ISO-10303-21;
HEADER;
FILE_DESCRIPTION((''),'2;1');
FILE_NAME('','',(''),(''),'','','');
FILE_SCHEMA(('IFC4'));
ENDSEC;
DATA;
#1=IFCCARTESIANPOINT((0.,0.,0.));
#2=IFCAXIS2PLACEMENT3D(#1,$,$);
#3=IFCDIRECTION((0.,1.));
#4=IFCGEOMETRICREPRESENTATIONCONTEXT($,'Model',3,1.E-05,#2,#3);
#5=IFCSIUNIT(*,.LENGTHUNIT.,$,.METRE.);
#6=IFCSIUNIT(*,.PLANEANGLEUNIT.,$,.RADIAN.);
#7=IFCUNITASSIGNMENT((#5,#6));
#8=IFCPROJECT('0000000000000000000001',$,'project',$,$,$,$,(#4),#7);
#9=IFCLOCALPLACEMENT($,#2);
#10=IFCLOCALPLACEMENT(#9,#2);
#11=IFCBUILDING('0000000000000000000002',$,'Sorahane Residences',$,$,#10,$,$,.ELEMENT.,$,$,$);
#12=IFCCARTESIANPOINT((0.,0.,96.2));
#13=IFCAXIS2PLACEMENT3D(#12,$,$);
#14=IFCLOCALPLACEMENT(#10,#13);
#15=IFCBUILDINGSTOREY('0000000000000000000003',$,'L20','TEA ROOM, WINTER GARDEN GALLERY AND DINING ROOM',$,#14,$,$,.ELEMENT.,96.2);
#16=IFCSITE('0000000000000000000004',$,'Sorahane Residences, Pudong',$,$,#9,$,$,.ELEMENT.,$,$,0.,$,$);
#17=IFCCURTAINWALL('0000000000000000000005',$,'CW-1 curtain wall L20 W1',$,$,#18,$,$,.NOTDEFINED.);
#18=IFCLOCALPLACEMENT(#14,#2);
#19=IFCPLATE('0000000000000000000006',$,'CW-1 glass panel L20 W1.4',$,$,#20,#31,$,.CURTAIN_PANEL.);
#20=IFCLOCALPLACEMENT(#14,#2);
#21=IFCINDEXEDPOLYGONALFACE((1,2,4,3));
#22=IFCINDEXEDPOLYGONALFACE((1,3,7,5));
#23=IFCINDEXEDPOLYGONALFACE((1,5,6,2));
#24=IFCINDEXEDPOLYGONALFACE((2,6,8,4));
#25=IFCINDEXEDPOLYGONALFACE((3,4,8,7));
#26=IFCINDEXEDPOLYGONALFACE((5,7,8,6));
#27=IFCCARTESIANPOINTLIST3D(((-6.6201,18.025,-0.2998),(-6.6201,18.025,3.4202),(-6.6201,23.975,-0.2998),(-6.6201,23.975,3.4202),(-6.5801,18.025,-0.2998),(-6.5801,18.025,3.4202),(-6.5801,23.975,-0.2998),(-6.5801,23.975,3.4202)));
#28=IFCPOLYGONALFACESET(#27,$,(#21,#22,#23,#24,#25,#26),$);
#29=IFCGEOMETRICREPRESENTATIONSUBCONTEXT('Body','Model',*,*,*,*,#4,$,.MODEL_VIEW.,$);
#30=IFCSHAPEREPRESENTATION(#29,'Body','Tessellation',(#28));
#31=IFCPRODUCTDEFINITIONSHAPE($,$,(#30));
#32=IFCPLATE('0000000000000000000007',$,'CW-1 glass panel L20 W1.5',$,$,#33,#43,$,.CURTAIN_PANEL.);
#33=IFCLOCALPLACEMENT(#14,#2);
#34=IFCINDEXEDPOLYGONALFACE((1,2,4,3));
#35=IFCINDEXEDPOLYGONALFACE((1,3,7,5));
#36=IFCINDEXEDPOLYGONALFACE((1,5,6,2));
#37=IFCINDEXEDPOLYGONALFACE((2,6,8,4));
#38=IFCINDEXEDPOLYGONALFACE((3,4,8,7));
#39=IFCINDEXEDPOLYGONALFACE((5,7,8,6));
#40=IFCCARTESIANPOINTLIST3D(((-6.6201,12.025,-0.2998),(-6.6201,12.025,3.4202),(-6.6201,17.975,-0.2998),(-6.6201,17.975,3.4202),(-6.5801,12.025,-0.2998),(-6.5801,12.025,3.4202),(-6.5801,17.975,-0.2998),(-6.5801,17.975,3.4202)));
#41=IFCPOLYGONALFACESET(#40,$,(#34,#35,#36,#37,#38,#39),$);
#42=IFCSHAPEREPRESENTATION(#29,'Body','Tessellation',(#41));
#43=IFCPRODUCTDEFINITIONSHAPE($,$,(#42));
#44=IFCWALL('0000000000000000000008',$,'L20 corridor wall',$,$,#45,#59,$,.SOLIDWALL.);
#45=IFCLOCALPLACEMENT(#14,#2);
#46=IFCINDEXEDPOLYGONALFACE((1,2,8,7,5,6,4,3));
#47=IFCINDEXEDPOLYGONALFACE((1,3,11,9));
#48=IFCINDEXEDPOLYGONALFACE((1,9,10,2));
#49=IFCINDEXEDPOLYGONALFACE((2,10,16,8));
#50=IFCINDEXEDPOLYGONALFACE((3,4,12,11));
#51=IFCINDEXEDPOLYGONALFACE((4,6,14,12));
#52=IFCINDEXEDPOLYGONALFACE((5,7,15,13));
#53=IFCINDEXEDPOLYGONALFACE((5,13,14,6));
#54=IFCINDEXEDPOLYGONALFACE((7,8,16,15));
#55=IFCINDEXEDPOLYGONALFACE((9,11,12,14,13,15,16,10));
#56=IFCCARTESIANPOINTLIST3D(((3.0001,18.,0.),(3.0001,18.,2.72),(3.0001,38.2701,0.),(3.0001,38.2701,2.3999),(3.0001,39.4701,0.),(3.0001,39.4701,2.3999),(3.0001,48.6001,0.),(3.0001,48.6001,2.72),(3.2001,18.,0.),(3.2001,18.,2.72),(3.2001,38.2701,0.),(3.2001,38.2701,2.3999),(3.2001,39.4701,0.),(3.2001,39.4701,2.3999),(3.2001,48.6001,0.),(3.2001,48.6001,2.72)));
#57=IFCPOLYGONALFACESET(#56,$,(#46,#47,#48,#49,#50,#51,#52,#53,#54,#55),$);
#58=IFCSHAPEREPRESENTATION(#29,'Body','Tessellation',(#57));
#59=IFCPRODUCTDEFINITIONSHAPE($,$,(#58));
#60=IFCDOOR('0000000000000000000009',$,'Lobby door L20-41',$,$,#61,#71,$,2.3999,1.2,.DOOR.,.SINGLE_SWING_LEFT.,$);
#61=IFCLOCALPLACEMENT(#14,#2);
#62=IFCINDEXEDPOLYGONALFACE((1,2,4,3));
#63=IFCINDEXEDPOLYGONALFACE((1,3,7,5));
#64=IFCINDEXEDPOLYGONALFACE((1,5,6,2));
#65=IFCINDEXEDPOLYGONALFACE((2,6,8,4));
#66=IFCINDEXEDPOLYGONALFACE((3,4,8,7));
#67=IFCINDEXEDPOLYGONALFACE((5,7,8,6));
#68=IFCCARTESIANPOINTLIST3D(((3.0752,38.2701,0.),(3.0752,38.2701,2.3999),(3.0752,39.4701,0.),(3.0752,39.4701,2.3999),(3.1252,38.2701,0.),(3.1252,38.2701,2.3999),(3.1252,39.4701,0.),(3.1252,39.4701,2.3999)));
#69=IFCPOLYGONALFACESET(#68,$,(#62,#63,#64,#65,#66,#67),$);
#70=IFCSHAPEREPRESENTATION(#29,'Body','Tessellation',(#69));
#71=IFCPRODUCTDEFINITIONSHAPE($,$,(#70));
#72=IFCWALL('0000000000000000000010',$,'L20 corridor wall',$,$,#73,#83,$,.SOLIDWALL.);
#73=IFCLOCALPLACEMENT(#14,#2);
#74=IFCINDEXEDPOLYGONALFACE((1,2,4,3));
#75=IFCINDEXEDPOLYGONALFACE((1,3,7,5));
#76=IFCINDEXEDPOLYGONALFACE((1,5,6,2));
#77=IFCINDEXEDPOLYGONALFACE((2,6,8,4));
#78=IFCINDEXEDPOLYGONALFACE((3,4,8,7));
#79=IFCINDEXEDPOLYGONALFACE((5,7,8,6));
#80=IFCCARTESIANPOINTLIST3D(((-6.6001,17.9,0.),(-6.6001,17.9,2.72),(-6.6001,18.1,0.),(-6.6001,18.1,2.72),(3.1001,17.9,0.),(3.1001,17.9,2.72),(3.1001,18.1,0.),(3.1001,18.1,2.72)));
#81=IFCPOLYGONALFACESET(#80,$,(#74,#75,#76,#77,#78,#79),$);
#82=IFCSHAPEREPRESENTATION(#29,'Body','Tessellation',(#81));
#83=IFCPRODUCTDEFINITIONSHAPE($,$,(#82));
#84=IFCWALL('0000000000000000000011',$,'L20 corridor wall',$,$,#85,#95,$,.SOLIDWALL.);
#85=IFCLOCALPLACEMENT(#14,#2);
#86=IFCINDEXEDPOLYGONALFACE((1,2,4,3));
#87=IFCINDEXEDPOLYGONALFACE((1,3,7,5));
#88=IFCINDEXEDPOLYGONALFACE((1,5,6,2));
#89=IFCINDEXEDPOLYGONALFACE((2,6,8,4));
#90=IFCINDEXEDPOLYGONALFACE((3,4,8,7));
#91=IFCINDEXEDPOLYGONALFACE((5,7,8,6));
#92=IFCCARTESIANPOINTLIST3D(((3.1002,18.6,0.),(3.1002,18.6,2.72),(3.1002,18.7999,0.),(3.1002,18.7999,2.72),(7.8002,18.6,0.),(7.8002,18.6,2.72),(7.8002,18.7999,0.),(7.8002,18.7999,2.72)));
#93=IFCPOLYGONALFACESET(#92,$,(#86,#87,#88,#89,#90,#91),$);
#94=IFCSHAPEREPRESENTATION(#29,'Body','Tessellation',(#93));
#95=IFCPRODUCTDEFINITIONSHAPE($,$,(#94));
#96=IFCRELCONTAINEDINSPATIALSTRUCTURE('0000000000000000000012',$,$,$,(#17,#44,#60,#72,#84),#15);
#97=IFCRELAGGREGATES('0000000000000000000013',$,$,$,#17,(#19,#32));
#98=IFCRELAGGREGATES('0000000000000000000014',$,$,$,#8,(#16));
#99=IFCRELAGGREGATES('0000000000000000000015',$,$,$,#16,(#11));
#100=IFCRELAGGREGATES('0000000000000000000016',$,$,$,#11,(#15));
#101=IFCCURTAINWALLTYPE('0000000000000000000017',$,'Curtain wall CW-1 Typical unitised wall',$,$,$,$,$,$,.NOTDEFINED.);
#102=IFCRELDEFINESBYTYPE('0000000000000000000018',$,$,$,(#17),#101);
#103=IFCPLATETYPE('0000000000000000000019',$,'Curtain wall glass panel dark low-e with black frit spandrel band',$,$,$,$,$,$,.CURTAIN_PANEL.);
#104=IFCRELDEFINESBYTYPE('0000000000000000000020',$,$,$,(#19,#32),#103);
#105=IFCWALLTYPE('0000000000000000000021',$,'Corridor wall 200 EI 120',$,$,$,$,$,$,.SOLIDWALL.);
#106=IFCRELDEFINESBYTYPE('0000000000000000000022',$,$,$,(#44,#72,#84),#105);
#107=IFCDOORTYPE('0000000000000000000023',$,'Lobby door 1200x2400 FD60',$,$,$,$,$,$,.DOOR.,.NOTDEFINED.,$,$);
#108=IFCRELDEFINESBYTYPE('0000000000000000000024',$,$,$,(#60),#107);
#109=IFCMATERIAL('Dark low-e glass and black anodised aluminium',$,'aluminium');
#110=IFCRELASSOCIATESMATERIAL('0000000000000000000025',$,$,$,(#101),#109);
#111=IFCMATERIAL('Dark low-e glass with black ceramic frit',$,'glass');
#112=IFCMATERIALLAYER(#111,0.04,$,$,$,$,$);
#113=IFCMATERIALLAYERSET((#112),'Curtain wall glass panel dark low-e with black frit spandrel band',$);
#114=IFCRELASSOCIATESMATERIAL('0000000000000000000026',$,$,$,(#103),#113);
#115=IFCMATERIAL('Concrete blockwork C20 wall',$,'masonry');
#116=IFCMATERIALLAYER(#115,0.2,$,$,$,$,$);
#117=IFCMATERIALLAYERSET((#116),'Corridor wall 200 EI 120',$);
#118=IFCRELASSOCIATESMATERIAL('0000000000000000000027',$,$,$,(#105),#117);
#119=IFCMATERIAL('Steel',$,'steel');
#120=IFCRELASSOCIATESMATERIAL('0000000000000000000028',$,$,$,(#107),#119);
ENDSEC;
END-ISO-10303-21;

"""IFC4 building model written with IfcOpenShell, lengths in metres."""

from ifc_helpers import new_model, si_unit, direction, frame, frame_2d, origin, origin_2d, place, context, subcontext, project, spatial, rectangle, extrude, material, layer, layer_set, type_object, element, fill, aggregate, save


model = new_model("IFC4")

# Units and contexts
model_context = context("Model", 3, precision=1e-05, world=origin(), true_north=direction((0.0, 1.0)))
body_context = subcontext(model_context, "Body", "Model", "MODEL_VIEW")
ifc_project = project(units=[si_unit("LENGTHUNIT", "METRE"), si_unit("PLANEANGLEUNIT", "RADIAN")], contexts=[model_context])

# Site, building, storey
site_placement = place(None, origin())
site = spatial("IfcSite", under=ifc_project, at=site_placement, Name="Sorahane Residences, Pudong", CompositionType="ELEMENT", RefElevation=0.0)
building_placement = place(site_placement, origin())
building = spatial("IfcBuilding", under=site, at=building_placement, Name="Sorahane Residences", CompositionType="ELEMENT")
storey_placement = place(building_placement, frame((0.0, 0.0, 96.2)))
storey = spatial("IfcBuildingStorey", under=building, at=storey_placement, Name="L20", Description="TEA ROOM, WINTER GARDEN GALLERY AND DINING ROOM", CompositionType="ELEMENT", Elevation=96.2)

# Curtain wall
ifc_material_1 = material(Name="Dark low-e glass and black anodised aluminium", Category="aluminium")
curtain_wall_type = type_object("IfcCurtainWallType", Name="Curtain wall CW-1 Typical unitised wall", PredefinedType="NOTDEFINED", material=ifc_material_1)
curtain_wall_placement = place(storey_placement, origin())
curtain_wall = element("IfcCurtainWall", 1, at=curtain_wall_placement, inside=storey, type_object=curtain_wall_type, Name="CW-1 curtain wall L20 W1", PredefinedType="NOTDEFINED")

# Plates
ifc_material_2 = material(Name="Dark low-e glass with black ceramic frit", Category="glass")
ifc_layer_1 = layer(ifc_material_2, 0.04)
ifc_layer_set_1 = layer_set([ifc_layer_1], Name="Curtain wall glass panel dark low-e with black frit spandrel band")
plate_type = type_object("IfcPlateType", Name="Curtain wall glass panel dark low-e with black frit spandrel band", PredefinedType="CURTAIN_PANEL", material=ifc_layer_set_1)
plate_1_placement = place(storey_placement, frame((-6.6001, 21.0, -0.2998), z_axis=(0.0, 0.0, 1.0), x_axis=(0.0, -1.0, 0.0)))
plate_1 = element("IfcPlate", 2, at=plate_1_placement, type_object=plate_type, Name="CW-1 glass panel L20 W1.4", PredefinedType="CURTAIN_PANEL", context=body_context, shape_type="SweptSolid", body=[
    extrude(rectangle(XDim=5.95, YDim=0.04, at=origin_2d()), origin(), (0.0, 0.0, 1.0), 3.72),
])
plate_2_placement = place(storey_placement, frame((-6.6001, 15.0, -0.2998), z_axis=(0.0, 0.0, 1.0), x_axis=(0.0, -1.0, 0.0)))
plate_2 = element("IfcPlate", 3, at=plate_2_placement, type_object=plate_type, Name="CW-1 glass panel L20 W1.5", PredefinedType="CURTAIN_PANEL", context=body_context, shape_type="SweptSolid", body=[
    extrude(rectangle(XDim=5.95, YDim=0.04, at=origin_2d()), origin(), (0.0, 0.0, 1.0), 3.72),
])
aggregate(curtain_wall, [plate_1, plate_2])

# Wall, opening, door
ifc_material_3 = material(Name="Concrete blockwork C20 wall", Category="masonry")
ifc_layer_2 = layer(ifc_material_3, 0.2)
ifc_layer_set_2 = layer_set([ifc_layer_2], Name="Corridor wall 200 EI 120")
wall_type_1 = type_object("IfcWallType", Name="Corridor wall 200 EI 120", PredefinedType="SOLIDWALL", material=ifc_layer_set_2)
wall_1_placement = place(storey_placement, frame((3.1001, 18.0, 0.0), z_axis=(0.0, 0.0, 1.0), x_axis=(0.0, 1.0, 0.0)))
wall_1 = element("IfcWall", 4, at=wall_1_placement, inside=storey, type_object=wall_type_1, Name="L20 corridor wall", PredefinedType="SOLIDWALL", context=body_context, shape_type="SweptSolid", body=[
    extrude(rectangle(XDim=30.6001, YDim=0.2, at=frame_2d((15.3, 0.0))), origin(), (0.0, 0.0, 1.0), 2.72),
])
opening_1_placement = place(wall_1_placement, frame((20.27, 0.0, 0.0)))
opening_1 = element("IfcOpeningElement", 5, at=opening_1_placement, cuts=wall_1, PredefinedType="OPENING", context=body_context, shape_type="SweptSolid", body=[
    extrude(rectangle(XDim=1.2, YDim=2.3999, at=frame_2d((0.6001, 1.2))), frame((0.0, 0.1099, 0.0), z_axis=(0.0, -1.0, 0.0), x_axis=(1.0, 0.0, 0.0)), (0.0, 0.0, 1.0), 0.22),
])
ifc_material_4 = material(Name="Steel", Category="steel")
door_type_1 = type_object("IfcDoorType", Name="Lobby door 1200x2400 FD60", OperationType="NOTDEFINED", PredefinedType="DOOR", material=ifc_material_4)
door_1_placement = place(opening_1_placement, origin())
door_1 = element("IfcDoor", 6, at=door_1_placement, inside=storey, type_object=door_type_1, Name="Lobby door L20-41", OperationType="SINGLE_SWING_LEFT", OverallHeight=2.3999, OverallWidth=1.2, PredefinedType="DOOR", context=body_context, shape_type="SweptSolid", body=[
    extrude(rectangle(XDim=1.2, YDim=2.3999, at=frame_2d((0.6001, 1.2))), frame((0.0, 0.0249, 0.0), z_axis=(0.0, -1.0, 0.0), x_axis=(1.0, 0.0, 0.0)), (0.0, 0.0, 1.0), 0.05),
])
fill(opening_1, door_1)

# Walls
wall_2_placement = place(storey_placement, frame((-6.6001, 18.0, 0.0), z_axis=(0.0, 0.0, 1.0), x_axis=(1.0, 0.0, 0.0)))
element("IfcWall", 7, at=wall_2_placement, inside=storey, type_object=wall_type_1, Name="L20 corridor wall", PredefinedType="SOLIDWALL", context=body_context, shape_type="SweptSolid", body=[
    extrude(rectangle(XDim=9.7002, YDim=0.2, at=frame_2d((4.8501, 0.0))), origin(), (0.0, 0.0, 1.0), 2.72),
])
wall_3_placement = place(storey_placement, frame((3.1001, 18.7, 0.0), z_axis=(0.0, 0.0, 1.0), x_axis=(1.0, 0.0, 0.0)))
element("IfcWall", 8, at=wall_3_placement, inside=storey, type_object=wall_type_1, Name="L20 corridor wall", PredefinedType="SOLIDWALL", context=body_context, shape_type="SweptSolid", body=[
    extrude(rectangle(XDim=4.7, YDim=0.2, at=frame_2d((2.3501, 0.0))), origin(), (0.0, 0.0, 1.0), 2.72),
])

save(model, "model.ifc")
